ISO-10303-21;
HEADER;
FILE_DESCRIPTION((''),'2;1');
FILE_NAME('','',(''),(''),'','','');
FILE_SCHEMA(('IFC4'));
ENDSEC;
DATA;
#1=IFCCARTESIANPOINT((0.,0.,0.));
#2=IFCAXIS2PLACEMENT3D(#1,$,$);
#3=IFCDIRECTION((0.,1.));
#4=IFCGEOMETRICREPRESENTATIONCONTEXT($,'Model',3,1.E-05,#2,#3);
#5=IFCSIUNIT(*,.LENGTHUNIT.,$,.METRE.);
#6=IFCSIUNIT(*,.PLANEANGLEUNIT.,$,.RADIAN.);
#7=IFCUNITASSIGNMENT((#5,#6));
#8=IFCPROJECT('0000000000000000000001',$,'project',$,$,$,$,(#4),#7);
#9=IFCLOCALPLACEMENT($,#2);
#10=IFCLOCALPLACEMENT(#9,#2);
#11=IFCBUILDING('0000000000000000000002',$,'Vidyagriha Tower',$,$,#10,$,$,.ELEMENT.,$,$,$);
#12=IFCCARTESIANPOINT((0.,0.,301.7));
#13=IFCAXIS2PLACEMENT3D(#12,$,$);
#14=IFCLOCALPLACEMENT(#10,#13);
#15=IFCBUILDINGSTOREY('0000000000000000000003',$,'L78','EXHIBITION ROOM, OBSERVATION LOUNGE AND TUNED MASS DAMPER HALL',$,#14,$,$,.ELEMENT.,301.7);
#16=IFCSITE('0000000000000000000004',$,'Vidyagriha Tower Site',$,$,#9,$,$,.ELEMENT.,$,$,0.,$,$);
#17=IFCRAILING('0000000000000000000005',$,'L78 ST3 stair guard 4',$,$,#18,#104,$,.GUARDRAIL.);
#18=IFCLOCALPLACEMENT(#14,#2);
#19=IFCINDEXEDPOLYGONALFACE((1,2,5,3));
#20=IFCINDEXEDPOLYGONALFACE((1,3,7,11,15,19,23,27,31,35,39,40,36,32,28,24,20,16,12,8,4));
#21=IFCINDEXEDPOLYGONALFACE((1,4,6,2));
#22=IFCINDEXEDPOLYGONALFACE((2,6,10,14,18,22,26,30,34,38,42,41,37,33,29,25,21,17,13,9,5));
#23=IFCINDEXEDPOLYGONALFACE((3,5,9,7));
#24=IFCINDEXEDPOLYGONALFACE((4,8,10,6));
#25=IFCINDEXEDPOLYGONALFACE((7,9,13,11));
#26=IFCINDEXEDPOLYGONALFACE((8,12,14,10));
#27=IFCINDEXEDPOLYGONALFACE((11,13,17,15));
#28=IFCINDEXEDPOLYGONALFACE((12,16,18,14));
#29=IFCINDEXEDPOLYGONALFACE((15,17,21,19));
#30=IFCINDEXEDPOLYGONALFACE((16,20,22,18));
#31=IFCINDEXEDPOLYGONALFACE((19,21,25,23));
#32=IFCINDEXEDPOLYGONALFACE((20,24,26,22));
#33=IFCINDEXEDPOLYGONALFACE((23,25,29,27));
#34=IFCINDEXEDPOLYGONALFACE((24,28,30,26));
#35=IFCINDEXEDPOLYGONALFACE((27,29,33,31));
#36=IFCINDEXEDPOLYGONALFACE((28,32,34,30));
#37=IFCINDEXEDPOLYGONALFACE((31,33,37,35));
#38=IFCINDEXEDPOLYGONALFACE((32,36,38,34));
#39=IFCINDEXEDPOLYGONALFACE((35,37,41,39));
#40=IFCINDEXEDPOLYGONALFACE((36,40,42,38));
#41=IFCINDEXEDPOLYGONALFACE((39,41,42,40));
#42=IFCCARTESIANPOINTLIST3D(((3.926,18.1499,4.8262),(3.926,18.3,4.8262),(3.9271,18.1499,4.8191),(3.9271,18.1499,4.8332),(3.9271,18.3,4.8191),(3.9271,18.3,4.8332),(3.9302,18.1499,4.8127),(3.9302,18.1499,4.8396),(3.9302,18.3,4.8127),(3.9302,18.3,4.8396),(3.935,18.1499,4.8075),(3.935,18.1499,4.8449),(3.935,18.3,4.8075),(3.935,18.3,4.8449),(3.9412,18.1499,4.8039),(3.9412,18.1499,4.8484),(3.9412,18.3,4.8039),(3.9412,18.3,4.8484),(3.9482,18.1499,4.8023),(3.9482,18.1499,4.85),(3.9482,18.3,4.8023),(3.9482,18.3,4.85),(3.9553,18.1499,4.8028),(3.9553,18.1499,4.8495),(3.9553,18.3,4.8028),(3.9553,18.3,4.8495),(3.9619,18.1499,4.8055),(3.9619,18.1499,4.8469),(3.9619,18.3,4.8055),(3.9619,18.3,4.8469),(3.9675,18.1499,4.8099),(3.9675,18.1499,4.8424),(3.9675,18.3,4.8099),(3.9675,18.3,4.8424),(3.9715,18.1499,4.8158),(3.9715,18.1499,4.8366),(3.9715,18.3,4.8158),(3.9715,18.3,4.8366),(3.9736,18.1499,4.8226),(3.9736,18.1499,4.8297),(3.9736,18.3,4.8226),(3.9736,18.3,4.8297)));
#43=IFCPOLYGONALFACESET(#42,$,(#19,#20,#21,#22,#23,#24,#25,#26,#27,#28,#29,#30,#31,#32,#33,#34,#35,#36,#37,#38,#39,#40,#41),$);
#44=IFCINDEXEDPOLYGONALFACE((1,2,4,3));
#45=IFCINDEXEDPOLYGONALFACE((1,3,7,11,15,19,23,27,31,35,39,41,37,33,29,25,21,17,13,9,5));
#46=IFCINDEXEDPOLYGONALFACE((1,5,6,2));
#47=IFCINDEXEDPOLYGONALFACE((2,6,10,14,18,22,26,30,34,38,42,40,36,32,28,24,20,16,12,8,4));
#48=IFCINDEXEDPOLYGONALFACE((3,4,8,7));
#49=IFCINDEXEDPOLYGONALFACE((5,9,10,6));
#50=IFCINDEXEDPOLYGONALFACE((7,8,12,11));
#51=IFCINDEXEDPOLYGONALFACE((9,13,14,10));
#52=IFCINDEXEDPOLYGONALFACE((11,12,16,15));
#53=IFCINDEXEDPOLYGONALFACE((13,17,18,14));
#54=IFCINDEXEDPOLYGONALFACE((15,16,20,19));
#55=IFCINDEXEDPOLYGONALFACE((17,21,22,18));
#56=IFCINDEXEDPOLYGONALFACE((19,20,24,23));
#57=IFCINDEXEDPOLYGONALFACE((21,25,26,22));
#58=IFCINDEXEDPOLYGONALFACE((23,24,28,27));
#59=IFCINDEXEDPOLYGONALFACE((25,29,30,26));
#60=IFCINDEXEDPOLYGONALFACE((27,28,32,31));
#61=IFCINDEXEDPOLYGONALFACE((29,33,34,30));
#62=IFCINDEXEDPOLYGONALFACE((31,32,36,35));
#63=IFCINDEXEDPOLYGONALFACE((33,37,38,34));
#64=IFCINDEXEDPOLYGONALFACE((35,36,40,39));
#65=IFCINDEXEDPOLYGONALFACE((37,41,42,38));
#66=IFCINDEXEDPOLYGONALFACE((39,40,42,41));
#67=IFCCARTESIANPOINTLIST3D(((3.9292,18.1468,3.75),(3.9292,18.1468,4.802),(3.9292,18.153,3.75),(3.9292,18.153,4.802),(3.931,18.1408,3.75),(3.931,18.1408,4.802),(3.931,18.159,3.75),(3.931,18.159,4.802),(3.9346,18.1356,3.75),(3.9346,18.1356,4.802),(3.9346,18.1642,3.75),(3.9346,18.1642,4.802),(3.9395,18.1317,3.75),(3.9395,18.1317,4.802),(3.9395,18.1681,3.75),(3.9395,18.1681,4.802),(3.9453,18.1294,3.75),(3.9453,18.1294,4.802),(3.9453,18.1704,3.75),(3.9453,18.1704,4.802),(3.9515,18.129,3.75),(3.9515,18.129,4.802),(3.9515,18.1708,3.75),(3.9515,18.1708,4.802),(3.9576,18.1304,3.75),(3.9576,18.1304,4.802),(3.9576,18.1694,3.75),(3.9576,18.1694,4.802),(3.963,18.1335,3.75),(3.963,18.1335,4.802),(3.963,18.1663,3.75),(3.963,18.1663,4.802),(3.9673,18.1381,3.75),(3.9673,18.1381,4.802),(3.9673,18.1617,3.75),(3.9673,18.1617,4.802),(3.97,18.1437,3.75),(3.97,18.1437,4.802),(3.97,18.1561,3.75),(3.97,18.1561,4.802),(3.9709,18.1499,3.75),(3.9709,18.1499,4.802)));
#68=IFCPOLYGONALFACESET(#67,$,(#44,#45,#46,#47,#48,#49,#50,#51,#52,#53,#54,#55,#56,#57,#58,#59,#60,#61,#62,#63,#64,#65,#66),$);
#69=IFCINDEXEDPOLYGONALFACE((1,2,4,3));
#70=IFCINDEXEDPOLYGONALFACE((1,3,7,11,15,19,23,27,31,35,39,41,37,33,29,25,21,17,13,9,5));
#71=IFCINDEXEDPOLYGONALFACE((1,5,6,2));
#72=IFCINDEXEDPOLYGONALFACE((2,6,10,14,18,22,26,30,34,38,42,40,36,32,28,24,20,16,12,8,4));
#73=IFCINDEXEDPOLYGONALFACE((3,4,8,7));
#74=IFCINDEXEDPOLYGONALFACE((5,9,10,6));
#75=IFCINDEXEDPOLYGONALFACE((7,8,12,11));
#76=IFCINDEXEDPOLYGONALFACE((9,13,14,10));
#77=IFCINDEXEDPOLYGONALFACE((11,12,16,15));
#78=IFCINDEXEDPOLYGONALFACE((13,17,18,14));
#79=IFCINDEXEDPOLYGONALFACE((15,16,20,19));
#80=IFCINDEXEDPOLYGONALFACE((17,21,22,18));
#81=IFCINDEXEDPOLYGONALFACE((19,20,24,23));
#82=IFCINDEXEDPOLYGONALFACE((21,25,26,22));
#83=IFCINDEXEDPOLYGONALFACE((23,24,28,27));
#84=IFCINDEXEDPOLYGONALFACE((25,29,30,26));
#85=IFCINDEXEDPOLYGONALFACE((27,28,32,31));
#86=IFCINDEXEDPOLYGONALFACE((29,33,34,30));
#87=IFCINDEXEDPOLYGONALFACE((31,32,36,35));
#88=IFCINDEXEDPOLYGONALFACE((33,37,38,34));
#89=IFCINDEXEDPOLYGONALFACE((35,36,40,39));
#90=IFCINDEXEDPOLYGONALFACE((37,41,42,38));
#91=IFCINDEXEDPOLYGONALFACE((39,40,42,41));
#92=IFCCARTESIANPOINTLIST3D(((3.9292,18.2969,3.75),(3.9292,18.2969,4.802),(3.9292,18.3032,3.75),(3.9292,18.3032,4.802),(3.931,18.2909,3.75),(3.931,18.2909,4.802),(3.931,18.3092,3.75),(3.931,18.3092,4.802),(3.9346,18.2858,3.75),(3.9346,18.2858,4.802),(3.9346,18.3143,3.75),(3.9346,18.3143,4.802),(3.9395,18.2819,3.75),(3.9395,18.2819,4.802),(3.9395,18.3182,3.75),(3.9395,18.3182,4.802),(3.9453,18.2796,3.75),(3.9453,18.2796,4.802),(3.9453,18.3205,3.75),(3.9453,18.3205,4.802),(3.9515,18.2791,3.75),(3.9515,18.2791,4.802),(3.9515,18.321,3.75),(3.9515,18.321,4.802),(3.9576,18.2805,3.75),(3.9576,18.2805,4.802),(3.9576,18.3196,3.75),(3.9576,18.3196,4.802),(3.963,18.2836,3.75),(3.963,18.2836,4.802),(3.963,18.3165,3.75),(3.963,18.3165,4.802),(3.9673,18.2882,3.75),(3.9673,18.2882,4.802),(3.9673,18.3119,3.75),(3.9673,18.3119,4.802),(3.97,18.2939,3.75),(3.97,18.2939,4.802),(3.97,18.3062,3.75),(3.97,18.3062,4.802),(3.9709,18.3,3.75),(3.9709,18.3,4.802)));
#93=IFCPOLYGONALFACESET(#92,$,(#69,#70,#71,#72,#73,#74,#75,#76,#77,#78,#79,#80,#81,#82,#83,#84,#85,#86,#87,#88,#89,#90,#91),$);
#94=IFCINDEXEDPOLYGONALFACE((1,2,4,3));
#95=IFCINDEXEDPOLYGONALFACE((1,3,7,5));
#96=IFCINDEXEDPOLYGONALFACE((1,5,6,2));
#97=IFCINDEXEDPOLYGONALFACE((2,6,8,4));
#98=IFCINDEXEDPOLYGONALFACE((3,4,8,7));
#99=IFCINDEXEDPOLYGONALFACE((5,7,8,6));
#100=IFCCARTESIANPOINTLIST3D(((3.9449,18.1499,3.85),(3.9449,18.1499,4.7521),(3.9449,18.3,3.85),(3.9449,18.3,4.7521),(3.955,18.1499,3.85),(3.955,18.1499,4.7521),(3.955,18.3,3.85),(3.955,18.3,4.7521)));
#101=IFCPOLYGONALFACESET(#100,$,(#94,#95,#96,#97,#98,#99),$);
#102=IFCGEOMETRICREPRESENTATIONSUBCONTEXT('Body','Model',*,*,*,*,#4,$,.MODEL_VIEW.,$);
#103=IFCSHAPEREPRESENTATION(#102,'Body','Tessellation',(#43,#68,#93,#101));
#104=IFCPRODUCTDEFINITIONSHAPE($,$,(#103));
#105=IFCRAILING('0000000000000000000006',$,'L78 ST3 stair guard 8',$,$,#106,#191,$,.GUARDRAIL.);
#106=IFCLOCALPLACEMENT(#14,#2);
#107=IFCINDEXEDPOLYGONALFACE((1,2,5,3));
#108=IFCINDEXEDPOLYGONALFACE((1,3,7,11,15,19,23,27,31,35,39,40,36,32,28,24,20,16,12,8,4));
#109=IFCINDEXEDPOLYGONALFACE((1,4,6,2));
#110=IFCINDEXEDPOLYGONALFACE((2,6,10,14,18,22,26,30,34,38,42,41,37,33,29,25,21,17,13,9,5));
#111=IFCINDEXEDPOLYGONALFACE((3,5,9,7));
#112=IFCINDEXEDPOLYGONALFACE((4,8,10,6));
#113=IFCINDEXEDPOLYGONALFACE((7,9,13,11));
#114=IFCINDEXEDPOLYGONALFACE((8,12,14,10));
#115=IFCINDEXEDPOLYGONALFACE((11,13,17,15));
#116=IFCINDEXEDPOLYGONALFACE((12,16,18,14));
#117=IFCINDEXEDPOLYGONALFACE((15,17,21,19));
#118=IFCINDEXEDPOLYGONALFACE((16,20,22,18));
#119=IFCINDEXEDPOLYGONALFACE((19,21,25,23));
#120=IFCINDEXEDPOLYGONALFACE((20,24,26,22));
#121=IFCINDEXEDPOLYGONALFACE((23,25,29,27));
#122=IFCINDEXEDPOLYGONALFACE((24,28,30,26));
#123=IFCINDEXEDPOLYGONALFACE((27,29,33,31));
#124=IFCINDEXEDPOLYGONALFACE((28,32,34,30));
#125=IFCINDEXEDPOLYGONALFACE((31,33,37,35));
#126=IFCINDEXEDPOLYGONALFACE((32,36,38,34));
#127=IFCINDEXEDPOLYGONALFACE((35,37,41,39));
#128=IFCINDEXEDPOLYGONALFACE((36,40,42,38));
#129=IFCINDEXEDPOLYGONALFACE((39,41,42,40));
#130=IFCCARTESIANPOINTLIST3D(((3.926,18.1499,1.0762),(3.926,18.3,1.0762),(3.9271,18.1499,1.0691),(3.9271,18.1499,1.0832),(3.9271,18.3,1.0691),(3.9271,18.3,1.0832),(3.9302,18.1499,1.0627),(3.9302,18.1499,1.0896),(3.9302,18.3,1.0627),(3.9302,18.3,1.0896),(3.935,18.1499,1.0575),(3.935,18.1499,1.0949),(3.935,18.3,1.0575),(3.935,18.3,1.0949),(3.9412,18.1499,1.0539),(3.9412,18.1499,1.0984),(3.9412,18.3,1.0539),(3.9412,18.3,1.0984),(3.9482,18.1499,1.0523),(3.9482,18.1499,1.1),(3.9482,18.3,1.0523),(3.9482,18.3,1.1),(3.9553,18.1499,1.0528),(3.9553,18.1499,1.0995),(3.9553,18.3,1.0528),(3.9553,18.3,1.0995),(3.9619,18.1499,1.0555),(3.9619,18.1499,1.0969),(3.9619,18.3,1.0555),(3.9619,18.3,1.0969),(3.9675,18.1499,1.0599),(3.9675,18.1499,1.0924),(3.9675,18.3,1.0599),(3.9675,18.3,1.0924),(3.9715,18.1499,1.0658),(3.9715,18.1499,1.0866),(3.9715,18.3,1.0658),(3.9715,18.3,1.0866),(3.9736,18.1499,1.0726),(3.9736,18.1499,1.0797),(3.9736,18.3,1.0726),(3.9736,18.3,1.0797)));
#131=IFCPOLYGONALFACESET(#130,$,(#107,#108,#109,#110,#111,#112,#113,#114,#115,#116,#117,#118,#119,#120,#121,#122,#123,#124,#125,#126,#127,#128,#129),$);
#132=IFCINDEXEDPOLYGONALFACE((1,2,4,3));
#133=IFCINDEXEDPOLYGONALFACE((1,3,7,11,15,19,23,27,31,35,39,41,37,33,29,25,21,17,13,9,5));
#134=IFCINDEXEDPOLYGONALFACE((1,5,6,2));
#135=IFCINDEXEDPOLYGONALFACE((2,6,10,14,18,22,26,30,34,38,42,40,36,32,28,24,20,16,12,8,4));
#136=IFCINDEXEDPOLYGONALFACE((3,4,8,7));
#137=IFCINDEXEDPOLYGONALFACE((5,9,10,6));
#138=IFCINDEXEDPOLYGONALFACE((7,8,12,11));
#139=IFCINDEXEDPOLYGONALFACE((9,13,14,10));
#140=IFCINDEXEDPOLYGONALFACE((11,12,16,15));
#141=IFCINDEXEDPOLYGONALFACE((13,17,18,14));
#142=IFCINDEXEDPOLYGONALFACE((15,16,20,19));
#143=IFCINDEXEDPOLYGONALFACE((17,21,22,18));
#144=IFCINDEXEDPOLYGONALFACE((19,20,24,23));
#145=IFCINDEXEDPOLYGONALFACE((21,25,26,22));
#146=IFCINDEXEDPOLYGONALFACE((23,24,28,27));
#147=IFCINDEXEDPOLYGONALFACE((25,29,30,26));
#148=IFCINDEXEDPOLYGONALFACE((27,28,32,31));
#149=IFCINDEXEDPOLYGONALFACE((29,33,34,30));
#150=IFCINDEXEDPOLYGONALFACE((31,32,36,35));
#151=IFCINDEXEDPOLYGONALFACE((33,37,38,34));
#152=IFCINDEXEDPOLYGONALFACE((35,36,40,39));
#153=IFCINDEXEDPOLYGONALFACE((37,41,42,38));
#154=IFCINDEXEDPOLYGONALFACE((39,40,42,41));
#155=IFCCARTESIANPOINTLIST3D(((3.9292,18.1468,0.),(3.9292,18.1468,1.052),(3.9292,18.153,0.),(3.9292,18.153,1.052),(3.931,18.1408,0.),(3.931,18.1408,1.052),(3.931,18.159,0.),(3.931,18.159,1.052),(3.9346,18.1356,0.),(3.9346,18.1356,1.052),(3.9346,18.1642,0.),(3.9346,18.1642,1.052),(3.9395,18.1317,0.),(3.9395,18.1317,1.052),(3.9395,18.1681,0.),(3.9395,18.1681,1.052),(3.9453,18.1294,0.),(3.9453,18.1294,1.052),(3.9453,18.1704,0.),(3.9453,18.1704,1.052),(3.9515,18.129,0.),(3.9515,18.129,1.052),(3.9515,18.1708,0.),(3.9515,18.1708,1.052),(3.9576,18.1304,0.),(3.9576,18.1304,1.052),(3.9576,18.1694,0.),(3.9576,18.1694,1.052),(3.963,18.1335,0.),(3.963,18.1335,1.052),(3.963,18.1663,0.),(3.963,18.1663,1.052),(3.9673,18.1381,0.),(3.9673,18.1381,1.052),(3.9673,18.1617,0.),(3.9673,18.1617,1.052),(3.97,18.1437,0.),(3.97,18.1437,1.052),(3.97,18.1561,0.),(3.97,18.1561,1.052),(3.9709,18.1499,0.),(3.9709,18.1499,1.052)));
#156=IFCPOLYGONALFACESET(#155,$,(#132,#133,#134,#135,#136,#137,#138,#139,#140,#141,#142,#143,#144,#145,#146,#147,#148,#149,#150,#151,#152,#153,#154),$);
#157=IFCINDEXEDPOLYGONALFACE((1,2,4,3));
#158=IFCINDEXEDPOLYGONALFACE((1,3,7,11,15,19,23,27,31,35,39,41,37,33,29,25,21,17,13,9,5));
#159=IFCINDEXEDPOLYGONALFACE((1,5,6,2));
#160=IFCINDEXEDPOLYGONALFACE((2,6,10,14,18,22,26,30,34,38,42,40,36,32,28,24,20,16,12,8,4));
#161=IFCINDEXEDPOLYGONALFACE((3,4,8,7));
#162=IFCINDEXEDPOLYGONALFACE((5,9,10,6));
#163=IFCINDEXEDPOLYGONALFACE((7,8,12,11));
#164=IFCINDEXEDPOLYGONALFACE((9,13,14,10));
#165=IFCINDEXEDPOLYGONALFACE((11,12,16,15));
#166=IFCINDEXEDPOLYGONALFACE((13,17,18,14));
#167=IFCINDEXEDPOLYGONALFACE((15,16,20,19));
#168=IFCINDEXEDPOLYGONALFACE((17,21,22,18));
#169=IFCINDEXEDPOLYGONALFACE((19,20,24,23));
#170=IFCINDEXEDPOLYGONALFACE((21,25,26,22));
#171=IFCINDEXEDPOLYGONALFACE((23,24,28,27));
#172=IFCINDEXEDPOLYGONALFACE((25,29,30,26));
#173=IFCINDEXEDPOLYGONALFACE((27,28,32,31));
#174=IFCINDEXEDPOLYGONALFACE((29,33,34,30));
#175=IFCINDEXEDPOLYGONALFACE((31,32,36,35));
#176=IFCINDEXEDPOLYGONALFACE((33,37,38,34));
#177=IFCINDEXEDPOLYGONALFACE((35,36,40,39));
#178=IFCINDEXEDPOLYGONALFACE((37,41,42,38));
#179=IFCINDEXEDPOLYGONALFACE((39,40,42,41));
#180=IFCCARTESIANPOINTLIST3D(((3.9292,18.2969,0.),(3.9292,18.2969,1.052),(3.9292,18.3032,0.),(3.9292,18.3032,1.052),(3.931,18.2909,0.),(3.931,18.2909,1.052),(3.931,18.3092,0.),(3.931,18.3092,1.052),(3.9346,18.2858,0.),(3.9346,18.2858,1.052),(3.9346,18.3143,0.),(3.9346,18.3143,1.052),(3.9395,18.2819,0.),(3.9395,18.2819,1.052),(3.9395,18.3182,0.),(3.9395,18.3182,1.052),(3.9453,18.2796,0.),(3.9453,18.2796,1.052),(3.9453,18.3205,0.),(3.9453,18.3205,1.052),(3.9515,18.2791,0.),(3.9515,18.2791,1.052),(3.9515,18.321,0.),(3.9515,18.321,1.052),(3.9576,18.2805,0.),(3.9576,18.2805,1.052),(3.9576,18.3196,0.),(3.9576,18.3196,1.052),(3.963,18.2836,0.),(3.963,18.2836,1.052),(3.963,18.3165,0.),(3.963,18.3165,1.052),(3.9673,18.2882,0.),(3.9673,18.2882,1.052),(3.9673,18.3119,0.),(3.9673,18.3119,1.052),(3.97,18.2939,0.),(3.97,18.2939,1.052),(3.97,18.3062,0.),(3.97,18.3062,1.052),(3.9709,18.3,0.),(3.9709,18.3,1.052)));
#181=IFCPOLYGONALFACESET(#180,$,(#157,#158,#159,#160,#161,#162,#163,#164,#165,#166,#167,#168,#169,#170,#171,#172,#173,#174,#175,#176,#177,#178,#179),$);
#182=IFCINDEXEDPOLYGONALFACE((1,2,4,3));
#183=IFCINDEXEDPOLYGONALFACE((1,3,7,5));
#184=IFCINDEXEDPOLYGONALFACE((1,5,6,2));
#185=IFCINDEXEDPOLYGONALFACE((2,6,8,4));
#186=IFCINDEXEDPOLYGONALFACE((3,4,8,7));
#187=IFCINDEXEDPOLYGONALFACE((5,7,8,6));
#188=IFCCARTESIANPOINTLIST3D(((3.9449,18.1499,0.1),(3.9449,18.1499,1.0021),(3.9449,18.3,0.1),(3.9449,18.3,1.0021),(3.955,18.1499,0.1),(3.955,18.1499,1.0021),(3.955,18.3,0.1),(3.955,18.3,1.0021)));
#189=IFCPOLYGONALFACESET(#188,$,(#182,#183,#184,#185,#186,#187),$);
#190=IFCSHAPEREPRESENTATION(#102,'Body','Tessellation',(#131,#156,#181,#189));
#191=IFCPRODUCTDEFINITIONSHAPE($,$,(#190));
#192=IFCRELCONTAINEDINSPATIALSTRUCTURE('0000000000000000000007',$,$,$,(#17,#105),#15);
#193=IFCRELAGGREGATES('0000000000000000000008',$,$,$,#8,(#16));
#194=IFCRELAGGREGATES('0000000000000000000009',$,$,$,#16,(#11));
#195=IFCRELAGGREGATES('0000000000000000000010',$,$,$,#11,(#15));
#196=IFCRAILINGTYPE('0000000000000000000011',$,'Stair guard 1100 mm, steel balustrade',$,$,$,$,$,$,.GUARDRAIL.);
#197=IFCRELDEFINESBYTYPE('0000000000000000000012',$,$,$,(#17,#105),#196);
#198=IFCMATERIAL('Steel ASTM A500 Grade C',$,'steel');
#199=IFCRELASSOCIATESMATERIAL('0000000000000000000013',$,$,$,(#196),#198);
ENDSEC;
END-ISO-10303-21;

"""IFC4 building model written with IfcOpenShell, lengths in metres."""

from ifc_helpers import new_model, si_unit, direction, frame, origin, origin_2d, place, context, subcontext, project, spatial, rectangle, circle, extrude, material, type_object, element, save


model = new_model("IFC4")

# Units and contexts
model_context = context("Model", 3, precision=1e-05, world=origin(), true_north=direction((0.0, 1.0)))
body_context = subcontext(model_context, "Body", "Model", "MODEL_VIEW")
ifc_project = project(units=[si_unit("LENGTHUNIT", "METRE"), si_unit("PLANEANGLEUNIT", "RADIAN")], contexts=[model_context])

# Site, building, storey
site_placement = place(None, origin())
site = spatial("IfcSite", under=ifc_project, at=site_placement, Name="Vidyagriha Tower Site", CompositionType="ELEMENT", RefElevation=0.0)
building_placement = place(site_placement, origin())
building = spatial("IfcBuilding", under=site, at=building_placement, Name="Vidyagriha Tower", CompositionType="ELEMENT")
storey_placement = place(building_placement, frame((0.0, 0.0, 301.7)))
storey = spatial("IfcBuildingStorey", under=building, at=storey_placement, Name="L78", Description="EXHIBITION ROOM, OBSERVATION LOUNGE AND TUNED MASS DAMPER HALL", CompositionType="ELEMENT", Elevation=301.7)

# Railings
ifc_material_1 = material(Name="Steel ASTM A500 Grade C", Category="steel")
railing_type_1 = type_object("IfcRailingType", Name="Stair guard 1100 mm, steel balustrade", PredefinedType="GUARDRAIL", material=ifc_material_1)
for number, where, name in (
    (1, (3.95, 18.1499, 3.75), "L78 ST3 stair guard 4"),
    (2, (3.95, 18.1499, 0.0), "L78 ST3 stair guard 8"),
):
    element("IfcRailing", number, at=place(storey_placement, frame(where)), inside=storey, type_object=railing_type_1, Name=name, PredefinedType="GUARDRAIL", context=body_context, shape_type="SweptSolid", body=[
        extrude(circle(Radius=0.0239, at=origin_2d()), frame((0.0, 0.0, 1.0762), z_axis=(0.0, 1.0, 0.0), x_axis=(-1.0, 0.0, 0.0)), (0.0, 0.0, 1.0), 0.1501),
        extrude(circle(Radius=0.021, at=origin_2d()), origin(), (0.0, 0.0, 1.0), 1.052),
        extrude(circle(Radius=0.021, at=origin_2d()), frame((0.0, 0.1501, 0.0)), (0.0, 0.0, 1.0), 1.052),
        extrude(rectangle(XDim=0.01, YDim=0.9021, at=origin_2d()), frame((0.0, 0.0, 0.551), z_axis=(0.0, 1.0, 0.0), x_axis=(-1.0, 0.0, 0.0)), (0.0, 0.0, 1.0), 0.1501),
    ])

save(model, "model.ifc")
